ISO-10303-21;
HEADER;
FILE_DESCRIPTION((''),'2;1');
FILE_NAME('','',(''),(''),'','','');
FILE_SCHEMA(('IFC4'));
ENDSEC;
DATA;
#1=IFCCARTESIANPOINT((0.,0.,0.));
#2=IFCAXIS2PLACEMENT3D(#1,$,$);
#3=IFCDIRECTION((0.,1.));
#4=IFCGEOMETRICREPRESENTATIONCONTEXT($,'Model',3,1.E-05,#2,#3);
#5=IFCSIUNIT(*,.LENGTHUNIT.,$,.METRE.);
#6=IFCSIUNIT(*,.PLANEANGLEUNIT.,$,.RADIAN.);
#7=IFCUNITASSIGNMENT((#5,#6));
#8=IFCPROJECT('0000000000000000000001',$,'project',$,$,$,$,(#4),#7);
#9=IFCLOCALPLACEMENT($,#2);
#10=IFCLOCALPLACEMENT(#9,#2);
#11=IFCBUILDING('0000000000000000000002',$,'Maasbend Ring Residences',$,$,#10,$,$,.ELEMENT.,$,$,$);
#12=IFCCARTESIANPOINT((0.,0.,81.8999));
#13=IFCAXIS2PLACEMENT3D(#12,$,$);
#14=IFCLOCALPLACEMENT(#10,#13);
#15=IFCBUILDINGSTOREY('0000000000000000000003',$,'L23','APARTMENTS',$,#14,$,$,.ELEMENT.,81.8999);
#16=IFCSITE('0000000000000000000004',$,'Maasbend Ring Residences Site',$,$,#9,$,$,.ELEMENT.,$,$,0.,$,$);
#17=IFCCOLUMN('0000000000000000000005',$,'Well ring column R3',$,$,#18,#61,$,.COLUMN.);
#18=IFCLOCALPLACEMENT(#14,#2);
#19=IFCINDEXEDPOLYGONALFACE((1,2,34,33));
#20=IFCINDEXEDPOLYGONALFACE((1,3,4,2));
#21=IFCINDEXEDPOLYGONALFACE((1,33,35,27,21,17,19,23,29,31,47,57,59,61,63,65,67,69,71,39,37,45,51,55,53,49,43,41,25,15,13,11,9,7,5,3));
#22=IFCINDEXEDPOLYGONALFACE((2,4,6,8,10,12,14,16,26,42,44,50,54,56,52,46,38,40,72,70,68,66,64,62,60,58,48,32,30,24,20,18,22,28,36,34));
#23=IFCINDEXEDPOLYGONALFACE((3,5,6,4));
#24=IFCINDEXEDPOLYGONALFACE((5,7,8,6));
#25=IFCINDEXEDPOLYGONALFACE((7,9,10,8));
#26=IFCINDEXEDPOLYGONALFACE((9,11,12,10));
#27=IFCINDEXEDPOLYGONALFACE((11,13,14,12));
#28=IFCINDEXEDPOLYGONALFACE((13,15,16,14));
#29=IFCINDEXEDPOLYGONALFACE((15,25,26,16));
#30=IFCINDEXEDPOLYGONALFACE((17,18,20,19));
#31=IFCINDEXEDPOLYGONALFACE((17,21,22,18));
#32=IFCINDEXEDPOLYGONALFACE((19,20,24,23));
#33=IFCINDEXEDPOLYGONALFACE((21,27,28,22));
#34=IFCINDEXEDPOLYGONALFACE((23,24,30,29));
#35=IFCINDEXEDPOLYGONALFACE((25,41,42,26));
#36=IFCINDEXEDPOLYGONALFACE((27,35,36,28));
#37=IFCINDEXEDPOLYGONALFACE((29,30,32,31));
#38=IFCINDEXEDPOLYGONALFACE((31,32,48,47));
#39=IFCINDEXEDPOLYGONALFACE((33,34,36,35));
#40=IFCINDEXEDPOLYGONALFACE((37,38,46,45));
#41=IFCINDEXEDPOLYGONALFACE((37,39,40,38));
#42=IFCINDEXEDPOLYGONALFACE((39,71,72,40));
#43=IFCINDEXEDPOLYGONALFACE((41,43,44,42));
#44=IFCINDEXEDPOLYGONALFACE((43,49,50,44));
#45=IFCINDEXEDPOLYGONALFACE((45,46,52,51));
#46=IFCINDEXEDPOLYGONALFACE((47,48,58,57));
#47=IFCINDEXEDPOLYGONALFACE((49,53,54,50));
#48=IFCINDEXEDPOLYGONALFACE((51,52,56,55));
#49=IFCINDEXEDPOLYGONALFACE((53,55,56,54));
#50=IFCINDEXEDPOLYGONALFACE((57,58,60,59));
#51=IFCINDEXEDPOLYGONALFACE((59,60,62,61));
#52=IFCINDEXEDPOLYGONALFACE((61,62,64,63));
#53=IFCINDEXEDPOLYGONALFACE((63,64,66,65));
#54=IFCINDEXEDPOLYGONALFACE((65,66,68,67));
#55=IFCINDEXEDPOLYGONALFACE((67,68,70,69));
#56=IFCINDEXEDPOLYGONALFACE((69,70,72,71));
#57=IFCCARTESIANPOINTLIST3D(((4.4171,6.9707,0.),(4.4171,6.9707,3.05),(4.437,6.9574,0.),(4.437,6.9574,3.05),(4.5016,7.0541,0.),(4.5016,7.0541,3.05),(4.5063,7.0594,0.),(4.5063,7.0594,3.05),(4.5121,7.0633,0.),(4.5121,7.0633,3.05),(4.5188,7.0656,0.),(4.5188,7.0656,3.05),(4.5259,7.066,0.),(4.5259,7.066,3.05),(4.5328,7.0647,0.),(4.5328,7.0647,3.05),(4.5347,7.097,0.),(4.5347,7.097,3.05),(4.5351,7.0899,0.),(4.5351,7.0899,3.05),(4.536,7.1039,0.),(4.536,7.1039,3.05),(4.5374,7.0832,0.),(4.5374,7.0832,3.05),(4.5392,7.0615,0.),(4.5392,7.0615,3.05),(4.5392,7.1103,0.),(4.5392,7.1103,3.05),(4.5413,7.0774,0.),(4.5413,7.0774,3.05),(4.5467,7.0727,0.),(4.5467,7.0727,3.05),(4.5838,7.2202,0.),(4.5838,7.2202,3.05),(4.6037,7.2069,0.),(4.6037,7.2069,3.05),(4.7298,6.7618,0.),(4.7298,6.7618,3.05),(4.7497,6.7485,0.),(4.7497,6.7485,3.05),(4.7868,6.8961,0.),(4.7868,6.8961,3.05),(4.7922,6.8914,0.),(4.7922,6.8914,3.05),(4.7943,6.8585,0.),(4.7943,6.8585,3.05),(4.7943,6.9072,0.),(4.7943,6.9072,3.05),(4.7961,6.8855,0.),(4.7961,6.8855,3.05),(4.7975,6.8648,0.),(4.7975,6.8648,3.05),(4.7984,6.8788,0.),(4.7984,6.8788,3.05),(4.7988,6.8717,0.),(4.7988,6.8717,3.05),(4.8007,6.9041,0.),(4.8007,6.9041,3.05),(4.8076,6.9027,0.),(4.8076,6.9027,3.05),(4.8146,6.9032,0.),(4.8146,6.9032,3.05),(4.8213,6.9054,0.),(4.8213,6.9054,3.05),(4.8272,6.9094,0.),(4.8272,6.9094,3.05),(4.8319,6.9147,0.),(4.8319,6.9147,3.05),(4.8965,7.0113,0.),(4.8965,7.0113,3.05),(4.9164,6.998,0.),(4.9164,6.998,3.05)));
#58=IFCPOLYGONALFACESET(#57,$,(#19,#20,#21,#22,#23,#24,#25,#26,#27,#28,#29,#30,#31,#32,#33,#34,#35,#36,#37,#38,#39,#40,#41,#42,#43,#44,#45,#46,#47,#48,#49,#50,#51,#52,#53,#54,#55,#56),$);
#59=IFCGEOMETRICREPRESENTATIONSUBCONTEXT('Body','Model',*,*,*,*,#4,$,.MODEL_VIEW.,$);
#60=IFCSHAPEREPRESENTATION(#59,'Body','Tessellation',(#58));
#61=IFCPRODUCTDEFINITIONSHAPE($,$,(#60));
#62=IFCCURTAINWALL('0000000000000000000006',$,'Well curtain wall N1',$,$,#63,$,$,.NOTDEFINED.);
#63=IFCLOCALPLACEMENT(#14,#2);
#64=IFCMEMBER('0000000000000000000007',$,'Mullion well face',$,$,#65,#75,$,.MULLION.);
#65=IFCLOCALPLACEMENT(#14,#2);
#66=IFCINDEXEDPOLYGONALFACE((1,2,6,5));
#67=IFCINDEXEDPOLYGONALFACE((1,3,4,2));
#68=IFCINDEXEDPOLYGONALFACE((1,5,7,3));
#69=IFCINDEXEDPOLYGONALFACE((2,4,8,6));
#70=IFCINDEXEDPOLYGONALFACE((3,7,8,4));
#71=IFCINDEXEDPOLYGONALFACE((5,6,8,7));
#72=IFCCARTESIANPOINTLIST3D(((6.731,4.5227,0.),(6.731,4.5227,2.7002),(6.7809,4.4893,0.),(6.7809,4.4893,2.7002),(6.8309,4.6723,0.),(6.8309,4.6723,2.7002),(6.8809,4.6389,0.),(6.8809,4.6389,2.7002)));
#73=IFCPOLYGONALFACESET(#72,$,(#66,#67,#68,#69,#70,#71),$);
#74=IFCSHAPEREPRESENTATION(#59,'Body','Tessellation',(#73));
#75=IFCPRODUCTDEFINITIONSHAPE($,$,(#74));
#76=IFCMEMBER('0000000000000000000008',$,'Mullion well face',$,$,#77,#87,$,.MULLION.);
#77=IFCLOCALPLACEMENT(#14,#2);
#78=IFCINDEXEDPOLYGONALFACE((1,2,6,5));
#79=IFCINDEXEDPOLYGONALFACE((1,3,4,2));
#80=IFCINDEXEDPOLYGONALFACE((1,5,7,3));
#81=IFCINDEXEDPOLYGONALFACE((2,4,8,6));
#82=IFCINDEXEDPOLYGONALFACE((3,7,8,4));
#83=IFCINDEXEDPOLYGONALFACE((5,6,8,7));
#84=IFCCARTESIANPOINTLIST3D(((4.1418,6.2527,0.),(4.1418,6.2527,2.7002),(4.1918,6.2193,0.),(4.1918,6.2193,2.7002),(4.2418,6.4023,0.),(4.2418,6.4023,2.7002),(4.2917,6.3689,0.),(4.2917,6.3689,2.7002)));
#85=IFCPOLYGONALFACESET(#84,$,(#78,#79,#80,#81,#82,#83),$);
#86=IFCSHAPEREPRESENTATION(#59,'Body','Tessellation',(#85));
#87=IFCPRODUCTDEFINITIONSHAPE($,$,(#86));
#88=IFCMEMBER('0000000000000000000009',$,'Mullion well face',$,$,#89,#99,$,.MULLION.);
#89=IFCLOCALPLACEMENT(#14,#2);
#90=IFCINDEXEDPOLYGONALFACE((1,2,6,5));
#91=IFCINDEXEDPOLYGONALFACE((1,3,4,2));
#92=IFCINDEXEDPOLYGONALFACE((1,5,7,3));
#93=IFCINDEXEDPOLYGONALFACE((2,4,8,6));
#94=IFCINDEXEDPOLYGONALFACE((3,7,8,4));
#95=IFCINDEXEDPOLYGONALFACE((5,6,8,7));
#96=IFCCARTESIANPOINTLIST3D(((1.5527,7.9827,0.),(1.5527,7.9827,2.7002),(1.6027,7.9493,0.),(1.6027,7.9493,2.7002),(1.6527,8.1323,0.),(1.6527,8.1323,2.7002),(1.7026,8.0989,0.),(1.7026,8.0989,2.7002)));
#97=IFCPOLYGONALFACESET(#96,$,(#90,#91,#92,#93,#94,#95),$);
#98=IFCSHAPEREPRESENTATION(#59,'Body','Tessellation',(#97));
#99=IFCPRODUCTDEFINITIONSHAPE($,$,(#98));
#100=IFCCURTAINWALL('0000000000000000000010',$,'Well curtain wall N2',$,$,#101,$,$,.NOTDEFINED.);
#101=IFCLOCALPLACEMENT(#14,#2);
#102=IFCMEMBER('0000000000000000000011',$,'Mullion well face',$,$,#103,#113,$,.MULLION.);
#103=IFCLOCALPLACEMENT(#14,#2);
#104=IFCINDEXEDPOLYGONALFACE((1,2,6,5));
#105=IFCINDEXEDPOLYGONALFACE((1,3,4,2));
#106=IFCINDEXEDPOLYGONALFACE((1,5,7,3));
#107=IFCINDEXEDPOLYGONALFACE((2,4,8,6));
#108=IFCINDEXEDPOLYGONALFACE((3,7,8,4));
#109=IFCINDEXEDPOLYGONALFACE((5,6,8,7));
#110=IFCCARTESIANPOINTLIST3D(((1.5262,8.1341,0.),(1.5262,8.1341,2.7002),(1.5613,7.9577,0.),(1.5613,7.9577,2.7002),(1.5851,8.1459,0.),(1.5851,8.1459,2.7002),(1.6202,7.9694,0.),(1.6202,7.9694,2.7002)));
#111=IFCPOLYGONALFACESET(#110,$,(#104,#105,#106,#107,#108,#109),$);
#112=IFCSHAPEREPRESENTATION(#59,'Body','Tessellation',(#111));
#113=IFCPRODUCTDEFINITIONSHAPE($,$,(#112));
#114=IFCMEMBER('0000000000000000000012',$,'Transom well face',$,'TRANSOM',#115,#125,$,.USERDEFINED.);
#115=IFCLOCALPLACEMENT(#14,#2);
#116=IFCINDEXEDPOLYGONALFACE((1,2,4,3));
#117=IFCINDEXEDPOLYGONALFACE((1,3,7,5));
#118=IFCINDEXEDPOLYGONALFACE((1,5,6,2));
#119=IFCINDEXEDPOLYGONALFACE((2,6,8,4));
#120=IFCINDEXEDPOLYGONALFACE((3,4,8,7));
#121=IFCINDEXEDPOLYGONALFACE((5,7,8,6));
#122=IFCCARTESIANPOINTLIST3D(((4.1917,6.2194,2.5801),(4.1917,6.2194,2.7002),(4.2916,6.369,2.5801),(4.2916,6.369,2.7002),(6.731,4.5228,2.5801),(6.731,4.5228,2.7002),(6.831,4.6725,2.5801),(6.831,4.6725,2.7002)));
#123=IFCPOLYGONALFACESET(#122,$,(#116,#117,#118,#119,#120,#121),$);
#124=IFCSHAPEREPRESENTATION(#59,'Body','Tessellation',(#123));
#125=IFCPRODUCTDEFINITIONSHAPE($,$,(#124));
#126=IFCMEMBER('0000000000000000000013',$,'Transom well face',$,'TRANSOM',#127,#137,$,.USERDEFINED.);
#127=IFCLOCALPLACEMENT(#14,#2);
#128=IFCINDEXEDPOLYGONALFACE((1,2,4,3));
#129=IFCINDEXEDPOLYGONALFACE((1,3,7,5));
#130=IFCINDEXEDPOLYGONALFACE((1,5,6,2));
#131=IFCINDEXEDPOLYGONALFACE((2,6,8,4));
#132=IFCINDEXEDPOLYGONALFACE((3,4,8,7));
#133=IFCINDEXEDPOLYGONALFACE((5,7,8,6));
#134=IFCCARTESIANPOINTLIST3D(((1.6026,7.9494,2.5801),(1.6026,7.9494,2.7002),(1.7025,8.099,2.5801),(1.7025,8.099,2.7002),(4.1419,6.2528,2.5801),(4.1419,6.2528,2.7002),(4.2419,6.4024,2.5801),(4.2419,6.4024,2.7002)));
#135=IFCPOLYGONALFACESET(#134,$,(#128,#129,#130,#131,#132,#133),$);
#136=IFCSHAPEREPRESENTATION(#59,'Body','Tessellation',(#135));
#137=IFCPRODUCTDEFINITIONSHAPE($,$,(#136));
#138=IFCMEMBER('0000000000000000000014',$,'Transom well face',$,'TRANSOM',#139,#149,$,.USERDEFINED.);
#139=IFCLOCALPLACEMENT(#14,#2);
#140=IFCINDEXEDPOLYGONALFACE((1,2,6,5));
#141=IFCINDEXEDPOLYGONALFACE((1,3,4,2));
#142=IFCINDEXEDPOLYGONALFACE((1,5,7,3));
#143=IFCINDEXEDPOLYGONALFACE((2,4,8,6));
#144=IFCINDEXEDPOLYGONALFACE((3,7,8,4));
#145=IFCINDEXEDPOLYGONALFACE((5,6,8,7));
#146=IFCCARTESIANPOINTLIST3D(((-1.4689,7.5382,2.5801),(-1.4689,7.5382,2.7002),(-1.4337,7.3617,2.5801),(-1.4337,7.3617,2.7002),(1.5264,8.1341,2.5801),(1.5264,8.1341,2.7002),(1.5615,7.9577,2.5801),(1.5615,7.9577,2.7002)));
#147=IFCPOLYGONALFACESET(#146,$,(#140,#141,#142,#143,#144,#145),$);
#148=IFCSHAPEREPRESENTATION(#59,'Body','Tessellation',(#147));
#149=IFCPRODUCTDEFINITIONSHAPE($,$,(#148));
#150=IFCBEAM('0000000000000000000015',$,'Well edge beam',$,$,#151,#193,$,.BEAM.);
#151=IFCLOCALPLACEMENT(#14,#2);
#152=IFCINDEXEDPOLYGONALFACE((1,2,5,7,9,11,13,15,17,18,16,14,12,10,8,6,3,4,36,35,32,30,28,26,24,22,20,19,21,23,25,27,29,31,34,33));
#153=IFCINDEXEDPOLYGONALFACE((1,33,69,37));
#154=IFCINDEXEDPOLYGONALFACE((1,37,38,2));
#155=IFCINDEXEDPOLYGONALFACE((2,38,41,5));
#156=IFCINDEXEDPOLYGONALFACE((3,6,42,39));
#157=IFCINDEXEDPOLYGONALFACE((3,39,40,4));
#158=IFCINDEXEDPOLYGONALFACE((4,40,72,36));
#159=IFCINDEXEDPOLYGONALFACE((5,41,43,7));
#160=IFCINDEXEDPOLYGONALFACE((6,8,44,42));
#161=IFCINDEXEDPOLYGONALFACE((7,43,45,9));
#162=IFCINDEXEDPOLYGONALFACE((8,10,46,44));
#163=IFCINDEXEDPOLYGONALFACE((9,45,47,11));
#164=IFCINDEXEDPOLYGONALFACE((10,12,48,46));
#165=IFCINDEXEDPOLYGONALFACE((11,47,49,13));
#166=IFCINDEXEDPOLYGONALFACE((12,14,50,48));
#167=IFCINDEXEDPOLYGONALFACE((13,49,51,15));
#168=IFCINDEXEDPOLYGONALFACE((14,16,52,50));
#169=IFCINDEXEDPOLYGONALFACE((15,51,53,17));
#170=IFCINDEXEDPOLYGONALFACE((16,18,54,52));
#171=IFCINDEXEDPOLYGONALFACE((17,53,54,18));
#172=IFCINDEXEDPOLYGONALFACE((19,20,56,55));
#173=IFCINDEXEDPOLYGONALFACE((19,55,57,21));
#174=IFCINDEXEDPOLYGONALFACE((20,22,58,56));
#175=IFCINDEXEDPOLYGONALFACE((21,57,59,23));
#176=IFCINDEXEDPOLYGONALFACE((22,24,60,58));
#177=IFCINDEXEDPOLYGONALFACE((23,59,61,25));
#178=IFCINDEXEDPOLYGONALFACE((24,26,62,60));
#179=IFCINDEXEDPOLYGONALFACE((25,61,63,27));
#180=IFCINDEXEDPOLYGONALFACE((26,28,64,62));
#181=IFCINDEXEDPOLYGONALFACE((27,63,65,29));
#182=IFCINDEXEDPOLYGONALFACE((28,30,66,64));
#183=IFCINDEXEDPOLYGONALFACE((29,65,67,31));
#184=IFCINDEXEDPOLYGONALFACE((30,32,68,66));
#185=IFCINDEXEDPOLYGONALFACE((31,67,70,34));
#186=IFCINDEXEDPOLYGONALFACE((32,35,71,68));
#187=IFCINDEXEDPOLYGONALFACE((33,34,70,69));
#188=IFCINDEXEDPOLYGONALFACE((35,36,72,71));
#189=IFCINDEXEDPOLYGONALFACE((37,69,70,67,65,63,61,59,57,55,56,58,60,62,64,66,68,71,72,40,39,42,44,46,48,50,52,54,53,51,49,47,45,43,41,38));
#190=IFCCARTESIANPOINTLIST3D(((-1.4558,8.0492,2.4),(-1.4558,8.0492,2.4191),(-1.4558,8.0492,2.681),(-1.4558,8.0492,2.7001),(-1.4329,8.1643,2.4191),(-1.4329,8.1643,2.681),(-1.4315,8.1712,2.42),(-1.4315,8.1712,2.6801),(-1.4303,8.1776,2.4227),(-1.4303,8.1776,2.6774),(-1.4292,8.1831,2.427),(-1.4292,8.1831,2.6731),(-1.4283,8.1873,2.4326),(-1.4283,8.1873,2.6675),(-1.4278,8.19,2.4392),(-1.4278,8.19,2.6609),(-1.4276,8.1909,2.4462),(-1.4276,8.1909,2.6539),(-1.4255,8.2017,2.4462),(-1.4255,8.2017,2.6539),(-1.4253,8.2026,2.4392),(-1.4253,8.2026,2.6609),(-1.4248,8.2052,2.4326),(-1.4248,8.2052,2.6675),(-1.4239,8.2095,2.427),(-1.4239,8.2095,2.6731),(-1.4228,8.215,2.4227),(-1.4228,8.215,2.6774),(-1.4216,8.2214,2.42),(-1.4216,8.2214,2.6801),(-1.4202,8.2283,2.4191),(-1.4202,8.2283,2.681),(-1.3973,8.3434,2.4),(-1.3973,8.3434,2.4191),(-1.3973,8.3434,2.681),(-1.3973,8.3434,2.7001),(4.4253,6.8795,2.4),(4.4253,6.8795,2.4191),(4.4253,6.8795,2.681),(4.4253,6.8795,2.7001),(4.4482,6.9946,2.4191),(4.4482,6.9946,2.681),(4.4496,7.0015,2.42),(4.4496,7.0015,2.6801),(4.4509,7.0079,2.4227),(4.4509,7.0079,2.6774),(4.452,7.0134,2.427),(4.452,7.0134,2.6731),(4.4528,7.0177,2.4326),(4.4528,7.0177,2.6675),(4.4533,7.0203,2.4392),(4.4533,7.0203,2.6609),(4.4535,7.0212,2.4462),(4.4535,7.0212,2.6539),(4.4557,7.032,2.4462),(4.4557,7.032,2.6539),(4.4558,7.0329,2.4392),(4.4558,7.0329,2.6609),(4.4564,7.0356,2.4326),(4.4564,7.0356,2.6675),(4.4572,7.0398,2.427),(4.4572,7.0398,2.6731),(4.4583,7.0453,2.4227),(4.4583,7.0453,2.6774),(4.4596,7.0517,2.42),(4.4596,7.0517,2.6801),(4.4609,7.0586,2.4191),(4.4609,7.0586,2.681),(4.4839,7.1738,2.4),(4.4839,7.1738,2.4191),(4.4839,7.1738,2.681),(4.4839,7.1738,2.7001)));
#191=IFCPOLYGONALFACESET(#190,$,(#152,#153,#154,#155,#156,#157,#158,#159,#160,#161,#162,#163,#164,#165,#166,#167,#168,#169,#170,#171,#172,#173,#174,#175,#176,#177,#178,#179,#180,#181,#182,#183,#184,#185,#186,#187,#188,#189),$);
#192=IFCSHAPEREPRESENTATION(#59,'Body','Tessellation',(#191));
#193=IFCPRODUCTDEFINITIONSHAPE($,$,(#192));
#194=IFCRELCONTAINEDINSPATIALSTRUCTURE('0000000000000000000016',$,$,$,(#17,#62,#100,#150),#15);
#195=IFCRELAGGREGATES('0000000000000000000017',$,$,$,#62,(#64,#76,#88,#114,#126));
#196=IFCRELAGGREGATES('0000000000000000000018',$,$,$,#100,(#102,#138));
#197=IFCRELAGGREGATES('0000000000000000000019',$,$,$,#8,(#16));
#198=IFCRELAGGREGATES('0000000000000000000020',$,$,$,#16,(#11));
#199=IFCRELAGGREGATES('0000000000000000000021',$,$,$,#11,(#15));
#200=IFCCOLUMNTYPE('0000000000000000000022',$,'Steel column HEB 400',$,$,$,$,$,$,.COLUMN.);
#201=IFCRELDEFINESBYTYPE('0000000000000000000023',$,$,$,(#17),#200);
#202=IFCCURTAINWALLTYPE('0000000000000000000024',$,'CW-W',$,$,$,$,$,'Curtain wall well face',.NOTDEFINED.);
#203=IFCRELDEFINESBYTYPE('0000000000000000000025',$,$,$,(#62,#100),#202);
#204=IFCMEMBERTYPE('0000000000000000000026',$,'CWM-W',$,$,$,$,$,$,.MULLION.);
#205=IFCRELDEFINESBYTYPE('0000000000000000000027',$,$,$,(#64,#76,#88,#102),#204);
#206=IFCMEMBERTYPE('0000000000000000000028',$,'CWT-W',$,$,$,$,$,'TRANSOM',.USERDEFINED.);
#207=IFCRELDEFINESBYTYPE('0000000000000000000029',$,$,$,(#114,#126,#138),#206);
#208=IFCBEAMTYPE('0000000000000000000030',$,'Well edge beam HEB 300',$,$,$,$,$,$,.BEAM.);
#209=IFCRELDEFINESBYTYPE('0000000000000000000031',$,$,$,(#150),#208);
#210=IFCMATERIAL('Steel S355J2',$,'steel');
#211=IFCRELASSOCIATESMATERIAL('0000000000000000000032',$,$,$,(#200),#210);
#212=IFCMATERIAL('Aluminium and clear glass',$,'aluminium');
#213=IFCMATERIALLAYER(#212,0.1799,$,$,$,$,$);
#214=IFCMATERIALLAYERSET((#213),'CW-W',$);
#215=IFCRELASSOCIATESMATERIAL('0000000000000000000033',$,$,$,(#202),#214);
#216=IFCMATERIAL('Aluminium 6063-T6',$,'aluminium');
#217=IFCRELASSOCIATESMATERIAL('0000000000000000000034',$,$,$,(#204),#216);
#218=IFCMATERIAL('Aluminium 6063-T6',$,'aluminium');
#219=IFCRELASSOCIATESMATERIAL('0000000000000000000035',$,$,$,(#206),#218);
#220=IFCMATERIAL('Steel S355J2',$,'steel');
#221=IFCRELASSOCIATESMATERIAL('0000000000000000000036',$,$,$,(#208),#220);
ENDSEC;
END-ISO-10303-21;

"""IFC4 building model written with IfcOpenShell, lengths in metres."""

from ifc_helpers import new_model, si_unit, direction, frame, origin, origin_2d, place, context, subcontext, project, spatial, rectangle, i_section, extrude, material, layer, layer_set, material_profile, profile_set, type_object, element, aggregate, save


model = new_model("IFC4")

# Units and contexts
model_context = context("Model", 3, precision=1e-05, world=origin(), true_north=direction((0.0, 1.0)))
body_context = subcontext(model_context, "Body", "Model", "MODEL_VIEW")
ifc_project = project(units=[si_unit("LENGTHUNIT", "METRE"), si_unit("PLANEANGLEUNIT", "RADIAN")], contexts=[model_context])

# Site, building, storey
site_placement = place(None, origin())
site = spatial("IfcSite", under=ifc_project, at=site_placement, Name="Maasbend Ring Residences Site", CompositionType="ELEMENT", RefElevation=0.0)
building_placement = place(site_placement, origin())
building = spatial("IfcBuilding", under=site, at=building_placement, Name="Maasbend Ring Residences", CompositionType="ELEMENT")
storey_placement = place(building_placement, frame((0.0, 0.0, 81.8999)))
storey = spatial("IfcBuildingStorey", under=building, at=storey_placement, Name="L23", Description="APARTMENTS", CompositionType="ELEMENT", Elevation=81.8999)

# Column
ifc_material_1 = material(Name="Steel S355J2", Category="steel")
ifc_material_profile_1 = material_profile(ifc_material_1, i_section(OverallWidth=0.3, OverallDepth=0.3999, WebThickness=0.0134, FlangeThickness=0.0239, FilletRadius=0.0271, at=origin_2d()), Name="HEB 400")
ifc_profile_set_1 = profile_set([ifc_material_profile_1], Name="Steel S355J2")
column_type = type_object("IfcColumnType", Name="Steel column HEB 400", PredefinedType="COLUMN", material=ifc_profile_set_1)
column_placement = place(storey_placement, frame((4.6667, 6.9844, 0.0), z_axis=(0.0, 0.0, 1.0), x_axis=(0.55557, 0.83147, 0.0)))
element("IfcColumn", 1, at=column_placement, inside=storey, type_object=column_type, Name="Well ring column R3", PredefinedType="COLUMN", context=body_context, shape_type="SweptSolid", body=[
    extrude(i_section(OverallWidth=0.3, OverallDepth=0.3999, WebThickness=0.0134, FlangeThickness=0.0239, FilletRadius=0.0271, at=origin_2d()), origin(), (0.0, 0.0, 1.0), 3.05),
])

# Curtain wall, members
ifc_material_2 = material(Name="Aluminium and clear glass", Category="aluminium")
ifc_layer_1 = layer(ifc_material_2, 0.1799)
ifc_layer_set_1 = layer_set([ifc_layer_1], Name="CW-W")
curtain_wall_type = type_object("IfcCurtainWallType", Name="CW-W", ElementType="Curtain wall well face", PredefinedType="NOTDEFINED", material=ifc_layer_set_1)
curtain_wall_1_placement = place(storey_placement, origin())
curtain_wall_1 = element("IfcCurtainWall", 2, at=curtain_wall_1_placement, inside=storey, type_object=curtain_wall_type, Name="Well curtain wall N1", PredefinedType="NOTDEFINED")
ifc_material_3 = material(Name="Aluminium 6063-T6", Category="aluminium")
ifc_material_profile_2 = material_profile(ifc_material_3, rectangle(XDim=0.1799, YDim=0.0601, at=origin_2d()), Name="AL 180x60")
ifc_profile_set_2 = profile_set([ifc_material_profile_2], Name="Aluminium 6063-T6")
member_type_1 = type_object("IfcMemberType", Name="CWM-W", PredefinedType="MULLION", material=ifc_profile_set_2)
member_1_placement = place(storey_placement, frame((6.8059, 4.5808, 0.0), z_axis=(0.0, 0.0, 1.0), x_axis=(-0.55557, -0.83147, 0.0)))
member_1 = element("IfcMember", 3, at=member_1_placement, type_object=member_type_1, Name="Mullion well face", PredefinedType="MULLION", context=body_context, shape_type="SweptSolid", body=[
    extrude(rectangle(XDim=0.1799, YDim=0.0601, at=origin_2d()), origin(), (0.0, 0.0, 1.0), 2.7002),
])
member_2_placement = place(storey_placement, frame((4.2168, 6.3108, 0.0), z_axis=(0.0, 0.0, 1.0), x_axis=(-0.55557, -0.83147, 0.0)))
member_2 = element("IfcMember", 4, at=member_2_placement, type_object=member_type_1, Name="Mullion well face", PredefinedType="MULLION", context=body_context, shape_type="SweptSolid", body=[
    extrude(rectangle(XDim=0.1799, YDim=0.0601, at=origin_2d()), origin(), (0.0, 0.0, 1.0), 2.7002),
])
member_3_placement = place(storey_placement, frame((1.6277, 8.0408, 0.0), z_axis=(0.0, 0.0, 1.0), x_axis=(-0.55557, -0.83147, 0.0)))
member_3 = element("IfcMember", 5, at=member_3_placement, type_object=member_type_1, Name="Mullion well face", PredefinedType="MULLION", context=body_context, shape_type="SweptSolid", body=[
    extrude(rectangle(XDim=0.1799, YDim=0.0601, at=origin_2d()), origin(), (0.0, 0.0, 1.0), 2.7002),
])

# Curtain wall, member
curtain_wall_2_placement = place(storey_placement, origin())
curtain_wall_2 = element("IfcCurtainWall", 6, at=curtain_wall_2_placement, inside=storey, type_object=curtain_wall_type, Name="Well curtain wall N2", PredefinedType="NOTDEFINED")
member_4_placement = place(storey_placement, frame((1.5732, 8.0518, 0.0), z_axis=(0.0, 0.0, 1.0), x_axis=(0.19509, -0.980785, 0.0)))
member_4 = element("IfcMember", 7, at=member_4_placement, type_object=member_type_1, Name="Mullion well face", PredefinedType="MULLION", context=body_context, shape_type="SweptSolid", body=[
    extrude(rectangle(XDim=0.1799, YDim=0.0601, at=origin_2d()), origin(), (0.0, 0.0, 1.0), 2.7002),
])

# Members
ifc_material_4 = material(Name="Aluminium 6063-T6", Category="aluminium")
ifc_material_profile_3 = material_profile(ifc_material_4, rectangle(XDim=0.1799, YDim=0.1201, at=origin_2d()), Name="AL 180x120")
ifc_profile_set_3 = profile_set([ifc_material_profile_3], Name="Aluminium 6063-T6")
member_type_2 = type_object("IfcMemberType", Name="CWT-W", ElementType="TRANSOM", PredefinedType="USERDEFINED", material=ifc_profile_set_3)
member_5_placement = place(storey_placement, frame((6.781, 4.5977, 2.6401), z_axis=(-0.831496, 0.55553, 0.0), x_axis=(-0.55553, -0.831496, 0.0)))
member_5 = element("IfcMember", 8, at=member_5_placement, type_object=member_type_2, Name="Transom well face", ObjectType="TRANSOM", PredefinedType="USERDEFINED", context=body_context, shape_type="SweptSolid", body=[
    extrude(rectangle(XDim=0.1799, YDim=0.1201, at=origin_2d()), origin(), (0.0, 0.0, 1.0), 3.054),
])
member_6_placement = place(storey_placement, frame((4.1919, 6.3276, 2.6401), z_axis=(-0.831496, 0.55553, 0.0), x_axis=(-0.55553, -0.831496, 0.0)))
member_6 = element("IfcMember", 9, at=member_6_placement, type_object=member_type_2, Name="Transom well face", ObjectType="TRANSOM", PredefinedType="USERDEFINED", context=body_context, shape_type="SweptSolid", body=[
    extrude(rectangle(XDim=0.1799, YDim=0.1201, at=origin_2d()), origin(), (0.0, 0.0, 1.0), 3.054),
])
member_7_placement = place(storey_placement, frame((1.5439, 8.0459, 2.6401), z_axis=(-0.980777, -0.195132, 0.0), x_axis=(0.195132, -0.980777, 0.0)))
member_7 = element("IfcMember", 10, at=member_7_placement, type_object=member_type_2, Name="Transom well face", ObjectType="TRANSOM", PredefinedType="USERDEFINED", context=body_context, shape_type="SweptSolid", body=[
    extrude(rectangle(XDim=0.1799, YDim=0.1201, at=origin_2d()), origin(), (0.0, 0.0, 1.0), 3.054),
])

# Beam
ifc_material_5 = material(Name="Steel S355J2", Category="steel")
ifc_material_profile_4 = material_profile(ifc_material_5, i_section(OverallWidth=0.3, OverallDepth=0.3, WebThickness=0.011, FlangeThickness=0.019, FilletRadius=0.0271, at=origin_2d()), Name="HEB 300")
ifc_profile_set_4 = profile_set([ifc_material_profile_4], Name="Steel S355J2")
beam_type = type_object("IfcBeamType", Name="Well edge beam HEB 300", PredefinedType="BEAM", material=ifc_profile_set_4)
beam_placement = place(storey_placement, frame((4.4546, 7.0266, 2.55), z_axis=(-0.98079, 0.195067, 0.0), x_axis=(-0.195067, -0.98079, 0.0)))
element("IfcBeam", 11, at=beam_placement, inside=storey, type_object=beam_type, Name="Well edge beam", PredefinedType="BEAM", context=body_context, shape_type="SweptSolid", body=[
    extrude(i_section(OverallWidth=0.3, OverallDepth=0.3, WebThickness=0.011, FlangeThickness=0.019, FilletRadius=0.0271, at=origin_2d()), origin(), (0.0, 0.0, 1.0), 5.9963),
])

aggregate(curtain_wall_1, [member_1, member_2, member_3, member_5, member_6])
aggregate(curtain_wall_2, [member_4, member_7])

save(model, "model.ifc")
